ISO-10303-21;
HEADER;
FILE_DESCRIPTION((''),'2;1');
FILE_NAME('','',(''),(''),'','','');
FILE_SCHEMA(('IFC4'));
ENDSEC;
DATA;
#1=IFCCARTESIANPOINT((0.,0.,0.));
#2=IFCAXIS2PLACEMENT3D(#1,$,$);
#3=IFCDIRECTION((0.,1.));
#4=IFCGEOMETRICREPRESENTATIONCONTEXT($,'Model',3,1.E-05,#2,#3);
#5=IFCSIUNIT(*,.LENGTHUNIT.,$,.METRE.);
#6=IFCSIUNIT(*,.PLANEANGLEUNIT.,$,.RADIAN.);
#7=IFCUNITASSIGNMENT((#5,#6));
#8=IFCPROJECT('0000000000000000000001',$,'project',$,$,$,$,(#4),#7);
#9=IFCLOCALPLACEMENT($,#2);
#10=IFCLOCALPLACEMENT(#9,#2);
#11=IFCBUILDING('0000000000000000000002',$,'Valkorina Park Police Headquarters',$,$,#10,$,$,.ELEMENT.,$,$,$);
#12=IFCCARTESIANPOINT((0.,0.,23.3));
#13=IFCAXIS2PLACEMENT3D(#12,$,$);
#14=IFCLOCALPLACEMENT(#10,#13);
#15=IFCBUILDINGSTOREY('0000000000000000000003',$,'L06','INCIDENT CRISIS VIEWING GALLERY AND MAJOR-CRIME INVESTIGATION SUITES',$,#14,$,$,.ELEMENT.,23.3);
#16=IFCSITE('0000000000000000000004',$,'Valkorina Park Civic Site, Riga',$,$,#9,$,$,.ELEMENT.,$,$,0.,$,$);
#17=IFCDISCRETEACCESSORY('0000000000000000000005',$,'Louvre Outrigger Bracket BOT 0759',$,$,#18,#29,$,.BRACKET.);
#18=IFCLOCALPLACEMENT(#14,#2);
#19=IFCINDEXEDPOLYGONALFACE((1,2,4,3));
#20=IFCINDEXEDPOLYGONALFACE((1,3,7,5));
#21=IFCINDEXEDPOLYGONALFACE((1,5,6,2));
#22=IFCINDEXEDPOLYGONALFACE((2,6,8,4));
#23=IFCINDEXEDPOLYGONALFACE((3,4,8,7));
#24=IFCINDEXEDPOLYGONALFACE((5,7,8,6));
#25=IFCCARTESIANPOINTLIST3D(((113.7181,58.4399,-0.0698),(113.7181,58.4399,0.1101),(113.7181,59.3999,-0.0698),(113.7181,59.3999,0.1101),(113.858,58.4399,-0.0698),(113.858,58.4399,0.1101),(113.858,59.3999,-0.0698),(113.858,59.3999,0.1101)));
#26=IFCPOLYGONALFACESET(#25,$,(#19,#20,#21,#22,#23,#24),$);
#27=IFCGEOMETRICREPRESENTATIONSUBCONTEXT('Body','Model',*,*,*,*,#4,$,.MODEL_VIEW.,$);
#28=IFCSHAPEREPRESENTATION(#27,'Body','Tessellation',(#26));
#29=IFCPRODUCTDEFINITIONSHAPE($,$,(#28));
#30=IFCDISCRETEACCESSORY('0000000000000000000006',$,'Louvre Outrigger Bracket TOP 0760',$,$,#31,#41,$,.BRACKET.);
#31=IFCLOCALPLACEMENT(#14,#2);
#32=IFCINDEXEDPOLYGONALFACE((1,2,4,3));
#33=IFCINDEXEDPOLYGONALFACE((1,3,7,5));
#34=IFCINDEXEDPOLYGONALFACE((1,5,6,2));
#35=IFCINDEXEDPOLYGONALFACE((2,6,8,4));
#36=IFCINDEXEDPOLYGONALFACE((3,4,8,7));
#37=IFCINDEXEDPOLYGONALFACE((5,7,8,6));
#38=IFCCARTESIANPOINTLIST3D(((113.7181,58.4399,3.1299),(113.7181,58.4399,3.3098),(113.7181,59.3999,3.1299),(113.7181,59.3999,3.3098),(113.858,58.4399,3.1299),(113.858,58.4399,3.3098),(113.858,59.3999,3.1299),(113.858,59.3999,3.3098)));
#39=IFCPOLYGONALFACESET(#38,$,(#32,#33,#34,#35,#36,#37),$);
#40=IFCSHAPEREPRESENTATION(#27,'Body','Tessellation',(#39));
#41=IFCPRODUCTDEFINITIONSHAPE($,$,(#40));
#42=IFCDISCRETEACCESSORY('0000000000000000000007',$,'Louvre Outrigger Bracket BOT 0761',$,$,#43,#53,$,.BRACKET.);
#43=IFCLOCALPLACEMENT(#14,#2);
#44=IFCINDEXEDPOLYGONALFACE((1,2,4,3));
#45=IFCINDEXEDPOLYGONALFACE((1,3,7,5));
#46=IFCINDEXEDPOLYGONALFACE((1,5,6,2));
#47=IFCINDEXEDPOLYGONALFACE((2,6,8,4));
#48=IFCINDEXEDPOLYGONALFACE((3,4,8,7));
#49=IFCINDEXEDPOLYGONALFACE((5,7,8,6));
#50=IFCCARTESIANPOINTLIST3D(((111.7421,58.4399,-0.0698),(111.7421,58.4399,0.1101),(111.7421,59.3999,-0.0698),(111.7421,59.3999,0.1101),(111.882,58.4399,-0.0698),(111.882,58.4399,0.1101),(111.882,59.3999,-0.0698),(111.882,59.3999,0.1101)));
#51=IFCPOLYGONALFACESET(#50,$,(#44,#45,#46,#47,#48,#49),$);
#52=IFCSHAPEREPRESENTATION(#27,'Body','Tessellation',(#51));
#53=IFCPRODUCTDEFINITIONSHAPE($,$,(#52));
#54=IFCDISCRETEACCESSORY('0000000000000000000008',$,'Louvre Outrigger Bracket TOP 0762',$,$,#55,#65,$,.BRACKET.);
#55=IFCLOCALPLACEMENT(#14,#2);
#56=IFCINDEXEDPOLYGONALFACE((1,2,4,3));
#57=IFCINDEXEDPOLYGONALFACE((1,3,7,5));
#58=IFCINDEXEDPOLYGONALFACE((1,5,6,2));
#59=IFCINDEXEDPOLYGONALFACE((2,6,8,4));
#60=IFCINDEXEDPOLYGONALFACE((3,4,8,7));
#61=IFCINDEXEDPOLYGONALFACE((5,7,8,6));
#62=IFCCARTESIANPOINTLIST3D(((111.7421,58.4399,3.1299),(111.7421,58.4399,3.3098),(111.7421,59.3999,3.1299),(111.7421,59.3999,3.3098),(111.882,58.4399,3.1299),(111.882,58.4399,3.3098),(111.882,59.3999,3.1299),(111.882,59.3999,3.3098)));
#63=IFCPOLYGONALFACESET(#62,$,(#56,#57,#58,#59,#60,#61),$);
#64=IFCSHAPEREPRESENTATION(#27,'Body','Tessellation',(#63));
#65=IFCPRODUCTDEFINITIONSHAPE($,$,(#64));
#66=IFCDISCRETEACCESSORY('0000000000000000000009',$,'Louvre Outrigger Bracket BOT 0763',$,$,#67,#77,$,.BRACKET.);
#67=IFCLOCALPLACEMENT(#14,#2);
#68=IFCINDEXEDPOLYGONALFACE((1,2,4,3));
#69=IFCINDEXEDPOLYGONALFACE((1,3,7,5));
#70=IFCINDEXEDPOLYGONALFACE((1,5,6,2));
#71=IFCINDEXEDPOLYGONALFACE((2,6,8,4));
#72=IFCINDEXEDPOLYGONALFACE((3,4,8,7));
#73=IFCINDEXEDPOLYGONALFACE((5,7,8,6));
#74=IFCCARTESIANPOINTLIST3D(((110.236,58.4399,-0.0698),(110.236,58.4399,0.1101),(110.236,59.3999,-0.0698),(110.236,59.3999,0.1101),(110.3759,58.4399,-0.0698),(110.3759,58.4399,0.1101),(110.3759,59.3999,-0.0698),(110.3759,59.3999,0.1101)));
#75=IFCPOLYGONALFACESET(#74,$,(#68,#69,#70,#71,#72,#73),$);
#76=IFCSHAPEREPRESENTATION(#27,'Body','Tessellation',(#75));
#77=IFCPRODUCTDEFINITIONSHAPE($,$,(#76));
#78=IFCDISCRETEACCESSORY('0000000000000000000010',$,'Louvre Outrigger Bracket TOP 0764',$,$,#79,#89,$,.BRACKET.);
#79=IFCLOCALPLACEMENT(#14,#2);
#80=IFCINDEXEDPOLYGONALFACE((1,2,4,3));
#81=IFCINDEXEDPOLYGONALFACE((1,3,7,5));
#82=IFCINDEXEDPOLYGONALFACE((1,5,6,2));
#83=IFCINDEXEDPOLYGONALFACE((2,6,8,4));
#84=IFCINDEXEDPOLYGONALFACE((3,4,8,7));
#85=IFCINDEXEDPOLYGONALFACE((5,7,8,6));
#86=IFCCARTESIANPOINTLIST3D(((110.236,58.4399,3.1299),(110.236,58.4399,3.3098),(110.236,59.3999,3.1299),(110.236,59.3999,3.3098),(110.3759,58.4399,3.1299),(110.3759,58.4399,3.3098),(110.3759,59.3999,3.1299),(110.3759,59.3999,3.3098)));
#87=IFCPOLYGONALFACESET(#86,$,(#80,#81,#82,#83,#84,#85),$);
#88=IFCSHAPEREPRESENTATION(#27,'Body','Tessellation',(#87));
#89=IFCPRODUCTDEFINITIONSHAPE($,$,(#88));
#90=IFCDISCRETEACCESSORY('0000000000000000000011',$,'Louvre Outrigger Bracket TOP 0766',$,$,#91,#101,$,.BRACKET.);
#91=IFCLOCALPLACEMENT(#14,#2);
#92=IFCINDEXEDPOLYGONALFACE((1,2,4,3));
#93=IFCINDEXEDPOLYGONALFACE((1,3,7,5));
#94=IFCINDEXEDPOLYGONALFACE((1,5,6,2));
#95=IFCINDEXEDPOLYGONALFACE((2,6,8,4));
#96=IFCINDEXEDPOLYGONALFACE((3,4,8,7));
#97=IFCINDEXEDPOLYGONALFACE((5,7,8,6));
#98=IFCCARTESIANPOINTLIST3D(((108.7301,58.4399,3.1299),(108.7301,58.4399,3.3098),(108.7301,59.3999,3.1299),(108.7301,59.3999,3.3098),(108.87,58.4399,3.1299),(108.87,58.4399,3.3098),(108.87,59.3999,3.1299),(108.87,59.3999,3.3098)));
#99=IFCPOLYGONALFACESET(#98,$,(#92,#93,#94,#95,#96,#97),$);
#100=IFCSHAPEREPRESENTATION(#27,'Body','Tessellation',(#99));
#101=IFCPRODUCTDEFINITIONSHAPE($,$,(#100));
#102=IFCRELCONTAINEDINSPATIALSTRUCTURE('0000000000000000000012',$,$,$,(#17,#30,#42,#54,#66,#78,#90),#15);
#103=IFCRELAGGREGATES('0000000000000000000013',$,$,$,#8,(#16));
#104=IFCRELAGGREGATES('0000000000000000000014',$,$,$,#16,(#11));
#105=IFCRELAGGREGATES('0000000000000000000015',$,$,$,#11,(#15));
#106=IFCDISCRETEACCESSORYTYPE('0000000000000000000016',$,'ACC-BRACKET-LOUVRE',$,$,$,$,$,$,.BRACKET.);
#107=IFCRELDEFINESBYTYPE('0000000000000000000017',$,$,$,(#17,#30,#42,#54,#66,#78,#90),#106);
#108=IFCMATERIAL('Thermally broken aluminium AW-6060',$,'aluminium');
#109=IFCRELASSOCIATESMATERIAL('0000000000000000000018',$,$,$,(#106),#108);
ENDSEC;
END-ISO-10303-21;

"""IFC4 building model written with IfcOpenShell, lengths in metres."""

from ifc_helpers import new_model, si_unit, direction, frame, origin, origin_2d, place, context, subcontext, project, spatial, rectangle, extrude, material, type_object, element, save


model = new_model("IFC4")

# Units and contexts
model_context = context("Model", 3, precision=1e-05, world=origin(), true_north=direction((0.0, 1.0)))
body_context = subcontext(model_context, "Body", "Model", "MODEL_VIEW")
ifc_project = project(units=[si_unit("LENGTHUNIT", "METRE"), si_unit("PLANEANGLEUNIT", "RADIAN")], contexts=[model_context])

# Site, building, storey
site_placement = place(None, origin())
site = spatial("IfcSite", under=ifc_project, at=site_placement, Name="Valkorina Park Civic Site, Riga", CompositionType="ELEMENT", RefElevation=0.0)
building_placement = place(site_placement, origin())
building = spatial("IfcBuilding", under=site, at=building_placement, Name="Valkorina Park Police Headquarters", CompositionType="ELEMENT")
storey_placement = place(building_placement, frame((0.0, 0.0, 23.3)))
storey = spatial("IfcBuildingStorey", under=building, at=storey_placement, Name="L06", Description="INCIDENT CRISIS VIEWING GALLERY AND MAJOR-CRIME INVESTIGATION SUITES", CompositionType="ELEMENT", Elevation=23.3)

# Discrete accessories
ifc_material_1 = material(Name="Thermally broken aluminium AW-6060", Category="aluminium")
discrete_accessory_type = type_object("IfcDiscreteAccessoryType", Name="ACC-BRACKET-LOUVRE", PredefinedType="BRACKET", material=ifc_material_1)
for number, where, z_axis, x_axis, name in (
    (1, (113.7881, 58.9199, -0.0698), (0.0, 0.0, 1.0), (0.0, -1.0, 0.0), "Louvre Outrigger Bracket BOT 0759"),
    (2, (113.7881, 58.9199, 3.1299), (0.0, 0.0, 1.0), (0.0, -1.0, 0.0), "Louvre Outrigger Bracket TOP 0760"),
    (3, (111.812, 58.9199, -0.0698), (0.0, 0.0, 1.0), (0.0, -1.0, 0.0), "Louvre Outrigger Bracket BOT 0761"),
    (4, (111.812, 58.9199, 3.1299), (0.0, 0.0, 1.0), (0.0, -1.0, 0.0), "Louvre Outrigger Bracket TOP 0762"),
    (5, (110.3059, 58.9199, -0.0698), (0.0, 0.0, 1.0), (0.0, -1.0, 0.0), "Louvre Outrigger Bracket BOT 0763"),
    (6, (110.3059, 58.9199, 3.1299), (0.0, 0.0, 1.0), (0.0, -1.0, 0.0), "Louvre Outrigger Bracket TOP 0764"),
    (7, (108.8, 58.9199, 3.1299), (0.0, 0.0, 1.0), (0.0, -1.0, 0.0), "Louvre Outrigger Bracket TOP 0766"),
):
    element("IfcDiscreteAccessory", number, at=place(storey_placement, frame(where, z_axis=z_axis, x_axis=x_axis)), inside=storey, type_object=discrete_accessory_type, Name=name, PredefinedType="BRACKET", context=body_context, shape_type="SweptSolid", body=[
        extrude(rectangle(XDim=0.96, YDim=0.1399, at=origin_2d()), origin(), (0.0, 0.0, 1.0), 0.1799),
    ])

save(model, "model.ifc")
